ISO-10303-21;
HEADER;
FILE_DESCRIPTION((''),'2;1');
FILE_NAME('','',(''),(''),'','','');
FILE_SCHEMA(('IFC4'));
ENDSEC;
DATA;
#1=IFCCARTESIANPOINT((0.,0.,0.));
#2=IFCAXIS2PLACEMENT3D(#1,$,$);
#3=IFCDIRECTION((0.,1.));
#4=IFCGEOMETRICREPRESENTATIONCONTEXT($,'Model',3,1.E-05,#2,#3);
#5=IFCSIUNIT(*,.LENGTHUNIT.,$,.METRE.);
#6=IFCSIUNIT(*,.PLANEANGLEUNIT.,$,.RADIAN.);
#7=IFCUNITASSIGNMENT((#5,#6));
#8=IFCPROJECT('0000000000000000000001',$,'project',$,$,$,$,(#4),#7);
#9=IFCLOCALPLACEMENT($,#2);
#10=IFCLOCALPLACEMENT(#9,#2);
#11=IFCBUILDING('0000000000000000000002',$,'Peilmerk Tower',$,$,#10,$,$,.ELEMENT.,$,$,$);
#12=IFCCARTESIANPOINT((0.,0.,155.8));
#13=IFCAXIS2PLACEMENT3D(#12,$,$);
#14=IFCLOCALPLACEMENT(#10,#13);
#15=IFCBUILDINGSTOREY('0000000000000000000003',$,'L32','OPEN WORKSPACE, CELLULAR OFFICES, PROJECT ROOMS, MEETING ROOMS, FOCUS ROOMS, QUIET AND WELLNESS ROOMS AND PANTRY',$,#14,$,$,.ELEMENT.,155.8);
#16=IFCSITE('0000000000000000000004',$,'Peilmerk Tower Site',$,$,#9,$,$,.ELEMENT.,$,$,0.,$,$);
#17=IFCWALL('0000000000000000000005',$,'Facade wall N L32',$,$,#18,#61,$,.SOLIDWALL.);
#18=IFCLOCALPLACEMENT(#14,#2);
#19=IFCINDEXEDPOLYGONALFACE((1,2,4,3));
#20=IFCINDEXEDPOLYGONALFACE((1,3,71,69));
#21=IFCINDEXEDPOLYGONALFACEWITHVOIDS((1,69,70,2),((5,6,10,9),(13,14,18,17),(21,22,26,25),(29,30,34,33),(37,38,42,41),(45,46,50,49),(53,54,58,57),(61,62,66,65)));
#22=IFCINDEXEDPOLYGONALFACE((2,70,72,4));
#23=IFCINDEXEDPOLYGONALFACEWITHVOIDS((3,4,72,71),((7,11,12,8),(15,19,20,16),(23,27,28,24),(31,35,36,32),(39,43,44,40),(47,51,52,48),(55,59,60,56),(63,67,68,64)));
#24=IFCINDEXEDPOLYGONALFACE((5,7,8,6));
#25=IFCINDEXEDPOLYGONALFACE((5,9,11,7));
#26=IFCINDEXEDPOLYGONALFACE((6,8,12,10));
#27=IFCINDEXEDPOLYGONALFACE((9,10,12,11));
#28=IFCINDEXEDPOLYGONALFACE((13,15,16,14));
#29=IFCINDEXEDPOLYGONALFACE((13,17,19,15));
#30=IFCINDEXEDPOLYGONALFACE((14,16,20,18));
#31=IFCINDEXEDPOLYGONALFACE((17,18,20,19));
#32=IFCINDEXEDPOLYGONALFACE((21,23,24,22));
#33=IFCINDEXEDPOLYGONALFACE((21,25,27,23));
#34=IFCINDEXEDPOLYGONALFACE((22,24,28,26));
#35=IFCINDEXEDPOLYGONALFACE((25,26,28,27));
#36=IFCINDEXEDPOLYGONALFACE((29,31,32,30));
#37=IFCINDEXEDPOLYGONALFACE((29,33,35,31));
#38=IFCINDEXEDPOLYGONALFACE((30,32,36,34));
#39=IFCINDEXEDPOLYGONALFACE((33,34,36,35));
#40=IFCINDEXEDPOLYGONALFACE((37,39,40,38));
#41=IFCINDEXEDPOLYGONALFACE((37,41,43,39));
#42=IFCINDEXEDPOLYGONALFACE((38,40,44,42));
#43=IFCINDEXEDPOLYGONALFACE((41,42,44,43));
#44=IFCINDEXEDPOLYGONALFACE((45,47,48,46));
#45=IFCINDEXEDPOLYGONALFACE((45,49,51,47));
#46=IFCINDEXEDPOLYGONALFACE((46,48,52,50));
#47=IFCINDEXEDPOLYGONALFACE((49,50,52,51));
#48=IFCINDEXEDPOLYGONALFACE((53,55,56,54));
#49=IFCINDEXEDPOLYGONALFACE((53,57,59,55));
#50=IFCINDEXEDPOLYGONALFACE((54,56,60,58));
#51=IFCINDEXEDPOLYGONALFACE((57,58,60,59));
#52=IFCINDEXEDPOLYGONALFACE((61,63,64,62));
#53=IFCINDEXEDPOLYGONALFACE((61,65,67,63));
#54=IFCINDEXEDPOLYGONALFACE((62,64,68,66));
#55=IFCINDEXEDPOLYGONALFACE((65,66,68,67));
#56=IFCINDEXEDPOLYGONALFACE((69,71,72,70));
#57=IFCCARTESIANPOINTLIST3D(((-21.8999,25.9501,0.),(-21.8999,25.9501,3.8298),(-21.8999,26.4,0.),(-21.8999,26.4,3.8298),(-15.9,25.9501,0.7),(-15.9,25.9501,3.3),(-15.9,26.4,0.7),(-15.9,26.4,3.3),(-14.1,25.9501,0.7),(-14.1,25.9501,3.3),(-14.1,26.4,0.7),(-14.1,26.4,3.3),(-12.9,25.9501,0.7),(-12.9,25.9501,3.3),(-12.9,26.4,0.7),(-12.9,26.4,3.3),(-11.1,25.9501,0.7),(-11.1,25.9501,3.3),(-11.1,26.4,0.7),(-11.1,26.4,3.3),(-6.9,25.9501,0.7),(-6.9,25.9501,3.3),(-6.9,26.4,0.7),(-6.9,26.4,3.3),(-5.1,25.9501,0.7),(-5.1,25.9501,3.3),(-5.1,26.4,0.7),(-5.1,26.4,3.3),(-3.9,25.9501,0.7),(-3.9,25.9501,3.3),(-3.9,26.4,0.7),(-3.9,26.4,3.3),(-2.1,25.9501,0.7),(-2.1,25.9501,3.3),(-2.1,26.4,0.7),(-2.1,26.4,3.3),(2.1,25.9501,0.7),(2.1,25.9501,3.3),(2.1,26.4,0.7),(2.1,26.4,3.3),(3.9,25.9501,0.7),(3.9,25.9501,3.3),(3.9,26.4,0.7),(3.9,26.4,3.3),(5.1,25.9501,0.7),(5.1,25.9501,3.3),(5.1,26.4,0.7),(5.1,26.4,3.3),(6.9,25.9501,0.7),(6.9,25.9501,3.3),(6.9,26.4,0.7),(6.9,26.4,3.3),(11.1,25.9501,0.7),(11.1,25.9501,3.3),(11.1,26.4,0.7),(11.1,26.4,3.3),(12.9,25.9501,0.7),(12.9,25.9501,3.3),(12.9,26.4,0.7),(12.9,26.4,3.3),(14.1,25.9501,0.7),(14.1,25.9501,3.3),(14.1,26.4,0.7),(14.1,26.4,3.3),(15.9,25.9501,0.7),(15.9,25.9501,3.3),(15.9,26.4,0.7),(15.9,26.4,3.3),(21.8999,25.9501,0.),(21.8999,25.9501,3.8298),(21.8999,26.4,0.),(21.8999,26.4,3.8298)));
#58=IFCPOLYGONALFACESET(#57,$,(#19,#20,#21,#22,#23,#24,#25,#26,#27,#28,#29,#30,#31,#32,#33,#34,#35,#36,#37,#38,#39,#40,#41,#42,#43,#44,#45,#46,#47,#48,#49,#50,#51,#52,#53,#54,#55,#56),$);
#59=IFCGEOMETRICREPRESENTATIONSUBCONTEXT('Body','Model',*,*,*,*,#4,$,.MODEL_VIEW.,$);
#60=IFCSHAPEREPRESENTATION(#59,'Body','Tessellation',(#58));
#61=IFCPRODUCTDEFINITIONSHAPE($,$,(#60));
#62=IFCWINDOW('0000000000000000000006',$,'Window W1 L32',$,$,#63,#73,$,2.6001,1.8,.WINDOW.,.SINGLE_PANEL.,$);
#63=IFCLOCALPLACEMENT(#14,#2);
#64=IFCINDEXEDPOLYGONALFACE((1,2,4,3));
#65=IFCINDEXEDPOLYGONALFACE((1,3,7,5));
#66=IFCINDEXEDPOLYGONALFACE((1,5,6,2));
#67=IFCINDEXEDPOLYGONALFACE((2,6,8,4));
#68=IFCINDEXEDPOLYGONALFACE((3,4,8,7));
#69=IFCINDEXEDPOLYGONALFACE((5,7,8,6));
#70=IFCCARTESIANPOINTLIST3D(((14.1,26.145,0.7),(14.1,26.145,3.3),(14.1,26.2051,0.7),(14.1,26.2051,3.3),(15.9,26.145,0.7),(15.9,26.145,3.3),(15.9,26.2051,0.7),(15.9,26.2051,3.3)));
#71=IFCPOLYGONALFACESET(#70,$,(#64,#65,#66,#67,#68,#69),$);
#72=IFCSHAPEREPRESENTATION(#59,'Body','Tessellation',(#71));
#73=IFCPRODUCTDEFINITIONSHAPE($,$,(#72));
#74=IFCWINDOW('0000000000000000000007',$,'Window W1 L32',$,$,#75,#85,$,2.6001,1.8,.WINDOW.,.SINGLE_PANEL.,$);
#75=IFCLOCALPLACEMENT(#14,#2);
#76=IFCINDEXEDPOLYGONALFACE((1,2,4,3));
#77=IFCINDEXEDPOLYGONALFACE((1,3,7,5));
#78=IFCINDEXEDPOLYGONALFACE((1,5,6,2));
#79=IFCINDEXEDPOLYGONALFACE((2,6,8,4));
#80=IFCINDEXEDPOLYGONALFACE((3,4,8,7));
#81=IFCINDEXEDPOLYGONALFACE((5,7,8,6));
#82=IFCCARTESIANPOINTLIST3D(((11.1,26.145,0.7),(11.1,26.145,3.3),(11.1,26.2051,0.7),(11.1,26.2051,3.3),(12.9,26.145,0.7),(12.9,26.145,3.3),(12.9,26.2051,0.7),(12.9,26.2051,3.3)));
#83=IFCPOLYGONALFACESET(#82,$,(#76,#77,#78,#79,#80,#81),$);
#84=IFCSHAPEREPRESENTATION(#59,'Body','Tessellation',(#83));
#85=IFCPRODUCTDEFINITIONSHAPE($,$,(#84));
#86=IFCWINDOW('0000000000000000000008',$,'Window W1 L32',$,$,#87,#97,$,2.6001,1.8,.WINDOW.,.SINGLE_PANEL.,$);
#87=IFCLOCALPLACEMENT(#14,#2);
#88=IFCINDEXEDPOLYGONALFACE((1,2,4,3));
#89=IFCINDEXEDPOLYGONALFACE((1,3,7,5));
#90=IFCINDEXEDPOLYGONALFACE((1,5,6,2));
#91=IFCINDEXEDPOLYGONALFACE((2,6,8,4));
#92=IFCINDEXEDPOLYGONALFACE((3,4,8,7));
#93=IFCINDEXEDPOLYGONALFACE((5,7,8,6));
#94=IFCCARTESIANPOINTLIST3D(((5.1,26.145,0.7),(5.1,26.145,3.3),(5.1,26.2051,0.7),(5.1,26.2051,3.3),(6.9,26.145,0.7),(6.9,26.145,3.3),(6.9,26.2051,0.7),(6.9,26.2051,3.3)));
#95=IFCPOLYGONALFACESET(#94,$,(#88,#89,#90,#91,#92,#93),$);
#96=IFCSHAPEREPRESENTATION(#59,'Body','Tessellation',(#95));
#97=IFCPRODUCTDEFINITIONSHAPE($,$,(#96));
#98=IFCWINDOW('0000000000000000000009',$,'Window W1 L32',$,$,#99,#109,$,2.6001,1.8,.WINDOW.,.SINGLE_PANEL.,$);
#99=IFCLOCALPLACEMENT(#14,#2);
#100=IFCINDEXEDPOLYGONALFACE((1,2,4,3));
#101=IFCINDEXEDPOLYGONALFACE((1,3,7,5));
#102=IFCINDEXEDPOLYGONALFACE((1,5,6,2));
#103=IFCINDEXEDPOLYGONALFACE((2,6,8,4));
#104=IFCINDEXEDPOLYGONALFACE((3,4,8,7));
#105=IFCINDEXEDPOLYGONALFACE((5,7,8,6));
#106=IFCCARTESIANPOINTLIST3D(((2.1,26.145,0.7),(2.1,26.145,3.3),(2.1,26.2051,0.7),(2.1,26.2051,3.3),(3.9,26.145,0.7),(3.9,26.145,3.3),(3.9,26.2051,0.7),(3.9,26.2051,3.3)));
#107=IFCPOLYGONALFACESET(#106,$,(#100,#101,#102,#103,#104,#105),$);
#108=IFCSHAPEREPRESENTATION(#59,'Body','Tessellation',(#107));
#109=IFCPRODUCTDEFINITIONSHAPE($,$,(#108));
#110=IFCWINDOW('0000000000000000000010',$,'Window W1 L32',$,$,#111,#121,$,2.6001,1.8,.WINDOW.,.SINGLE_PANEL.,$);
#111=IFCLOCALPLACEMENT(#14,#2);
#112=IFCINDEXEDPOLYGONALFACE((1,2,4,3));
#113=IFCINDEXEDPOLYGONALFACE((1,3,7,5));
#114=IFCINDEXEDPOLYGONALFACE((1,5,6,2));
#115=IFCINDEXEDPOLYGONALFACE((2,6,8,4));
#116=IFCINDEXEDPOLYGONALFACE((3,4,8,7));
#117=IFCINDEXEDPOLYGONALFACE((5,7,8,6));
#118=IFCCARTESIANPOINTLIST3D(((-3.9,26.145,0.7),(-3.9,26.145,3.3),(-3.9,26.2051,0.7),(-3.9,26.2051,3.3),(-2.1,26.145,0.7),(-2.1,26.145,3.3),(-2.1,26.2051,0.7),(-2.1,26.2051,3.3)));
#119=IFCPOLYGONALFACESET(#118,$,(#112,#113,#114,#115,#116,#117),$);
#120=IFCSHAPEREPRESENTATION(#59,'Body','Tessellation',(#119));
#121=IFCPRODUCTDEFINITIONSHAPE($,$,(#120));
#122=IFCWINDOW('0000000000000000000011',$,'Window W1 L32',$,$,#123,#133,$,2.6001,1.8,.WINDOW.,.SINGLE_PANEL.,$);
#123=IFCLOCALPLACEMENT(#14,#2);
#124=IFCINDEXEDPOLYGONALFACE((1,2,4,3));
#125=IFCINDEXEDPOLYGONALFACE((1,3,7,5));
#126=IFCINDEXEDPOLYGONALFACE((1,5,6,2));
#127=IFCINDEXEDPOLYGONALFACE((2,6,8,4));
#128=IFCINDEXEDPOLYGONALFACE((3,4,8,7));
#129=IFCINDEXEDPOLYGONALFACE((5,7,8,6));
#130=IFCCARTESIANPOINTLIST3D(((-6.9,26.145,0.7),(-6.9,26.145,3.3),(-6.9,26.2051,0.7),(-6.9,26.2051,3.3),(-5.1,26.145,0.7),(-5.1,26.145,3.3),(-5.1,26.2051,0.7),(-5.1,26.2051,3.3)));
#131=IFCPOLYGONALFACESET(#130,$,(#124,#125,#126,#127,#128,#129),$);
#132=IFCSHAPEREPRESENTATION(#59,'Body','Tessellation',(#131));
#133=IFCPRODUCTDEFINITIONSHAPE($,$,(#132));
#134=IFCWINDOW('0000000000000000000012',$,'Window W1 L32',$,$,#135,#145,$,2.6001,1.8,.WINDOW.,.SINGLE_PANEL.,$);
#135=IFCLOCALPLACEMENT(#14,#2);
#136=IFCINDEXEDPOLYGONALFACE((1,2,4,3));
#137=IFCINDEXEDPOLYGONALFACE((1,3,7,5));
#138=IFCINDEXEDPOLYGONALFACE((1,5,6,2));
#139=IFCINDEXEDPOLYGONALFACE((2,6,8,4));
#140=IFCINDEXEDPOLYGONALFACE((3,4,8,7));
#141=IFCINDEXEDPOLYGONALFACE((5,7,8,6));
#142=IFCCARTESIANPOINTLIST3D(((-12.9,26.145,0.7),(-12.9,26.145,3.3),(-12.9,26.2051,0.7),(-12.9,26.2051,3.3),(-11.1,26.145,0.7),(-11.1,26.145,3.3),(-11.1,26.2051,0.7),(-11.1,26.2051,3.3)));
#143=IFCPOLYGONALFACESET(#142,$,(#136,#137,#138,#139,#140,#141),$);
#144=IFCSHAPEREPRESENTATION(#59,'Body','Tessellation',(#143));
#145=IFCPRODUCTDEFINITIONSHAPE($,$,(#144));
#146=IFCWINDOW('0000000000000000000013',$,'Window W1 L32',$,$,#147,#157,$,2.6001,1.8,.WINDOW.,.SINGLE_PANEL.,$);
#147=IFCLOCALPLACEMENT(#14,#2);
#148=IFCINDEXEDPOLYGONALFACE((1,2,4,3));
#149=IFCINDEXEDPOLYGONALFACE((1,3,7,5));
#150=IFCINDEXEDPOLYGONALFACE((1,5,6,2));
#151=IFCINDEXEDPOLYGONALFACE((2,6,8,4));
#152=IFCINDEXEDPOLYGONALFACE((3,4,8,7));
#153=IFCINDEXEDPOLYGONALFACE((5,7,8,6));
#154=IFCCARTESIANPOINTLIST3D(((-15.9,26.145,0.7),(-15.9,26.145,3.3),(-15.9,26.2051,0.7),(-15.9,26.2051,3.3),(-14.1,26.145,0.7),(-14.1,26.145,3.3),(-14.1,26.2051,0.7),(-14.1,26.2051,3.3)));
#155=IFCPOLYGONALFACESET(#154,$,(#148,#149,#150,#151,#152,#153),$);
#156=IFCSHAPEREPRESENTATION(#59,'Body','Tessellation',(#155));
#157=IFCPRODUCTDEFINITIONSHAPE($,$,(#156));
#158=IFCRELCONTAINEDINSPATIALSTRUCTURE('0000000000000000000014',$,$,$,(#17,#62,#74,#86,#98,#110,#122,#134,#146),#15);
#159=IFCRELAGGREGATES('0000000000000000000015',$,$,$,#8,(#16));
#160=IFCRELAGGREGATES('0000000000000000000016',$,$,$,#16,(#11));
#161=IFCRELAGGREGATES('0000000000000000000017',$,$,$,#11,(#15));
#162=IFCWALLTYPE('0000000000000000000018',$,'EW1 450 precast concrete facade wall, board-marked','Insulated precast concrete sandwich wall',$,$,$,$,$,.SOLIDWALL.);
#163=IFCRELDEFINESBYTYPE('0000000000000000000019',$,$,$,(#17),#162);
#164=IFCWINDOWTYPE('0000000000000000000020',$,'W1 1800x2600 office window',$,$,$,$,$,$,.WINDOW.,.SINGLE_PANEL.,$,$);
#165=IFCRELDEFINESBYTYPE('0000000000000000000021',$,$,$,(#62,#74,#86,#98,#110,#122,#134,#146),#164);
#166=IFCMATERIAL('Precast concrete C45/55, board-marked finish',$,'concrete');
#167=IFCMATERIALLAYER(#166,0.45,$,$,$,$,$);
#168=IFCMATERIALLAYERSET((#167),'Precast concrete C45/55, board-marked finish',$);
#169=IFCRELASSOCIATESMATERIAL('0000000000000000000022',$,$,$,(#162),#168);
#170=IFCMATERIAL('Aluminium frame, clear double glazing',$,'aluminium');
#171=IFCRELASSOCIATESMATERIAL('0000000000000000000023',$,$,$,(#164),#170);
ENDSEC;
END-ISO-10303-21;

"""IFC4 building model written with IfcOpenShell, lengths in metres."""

from ifc_helpers import new_model, si_unit, direction, frame, frame_2d, origin, place, context, subcontext, project, spatial, rectangle, extrude, material, layer, layer_set, type_object, element, fill, save


model = new_model("IFC4")

# Units and contexts
model_context = context("Model", 3, precision=1e-05, world=origin(), true_north=direction((0.0, 1.0)))
body_context = subcontext(model_context, "Body", "Model", "MODEL_VIEW")
ifc_project = project(units=[si_unit("LENGTHUNIT", "METRE"), si_unit("PLANEANGLEUNIT", "RADIAN")], contexts=[model_context])

# Site, building, storey
site_placement = place(None, origin())
site = spatial("IfcSite", under=ifc_project, at=site_placement, Name="Peilmerk Tower Site", CompositionType="ELEMENT", RefElevation=0.0)
building_placement = place(site_placement, origin())
building = spatial("IfcBuilding", under=site, at=building_placement, Name="Peilmerk Tower", CompositionType="ELEMENT")
storey_placement = place(building_placement, frame((0.0, 0.0, 155.8)))
storey = spatial("IfcBuildingStorey", under=building, at=storey_placement, Name="L32", Description="OPEN WORKSPACE, CELLULAR OFFICES, PROJECT ROOMS, MEETING ROOMS, FOCUS ROOMS, QUIET AND WELLNESS ROOMS AND PANTRY", CompositionType="ELEMENT", Elevation=155.8)

# Wall, openings, windows
ifc_material_1 = material(Name="Precast concrete C45/55, board-marked finish", Category="concrete")
ifc_layer_1 = layer(ifc_material_1, 0.45)
ifc_layer_set_1 = layer_set([ifc_layer_1], Name="Precast concrete C45/55, board-marked finish")
wall_type = type_object("IfcWallType", Name="EW1 450 precast concrete facade wall, board-marked", Description="Insulated precast concrete sandwich wall", PredefinedType="SOLIDWALL", material=ifc_layer_set_1)
wall_placement = place(storey_placement, frame((21.8999, 26.175, 0.0), z_axis=(0.0, 0.0, 1.0), x_axis=(-1.0, 0.0, 0.0)))
wall = element("IfcWall", 1, at=wall_placement, inside=storey, type_object=wall_type, Name="Facade wall N L32", PredefinedType="SOLIDWALL", context=body_context, shape_type="SweptSolid", body=[
    extrude(rectangle(XDim=43.7998, YDim=0.45, at=frame_2d((21.8999, 0.0))), origin(), (0.0, 0.0, 1.0), 3.8298),
])
opening_1_placement = place(wall_placement, frame((6.0, 0.0, 0.7)))
opening_1 = element("IfcOpeningElement", 2, at=opening_1_placement, cuts=wall, PredefinedType="OPENING", context=body_context, shape_type="SweptSolid", body=[
    extrude(rectangle(XDim=1.8, YDim=2.6001, at=frame_2d((0.8999, 1.3))), frame((0.0, 0.2349, 0.0), z_axis=(0.0, -1.0, 0.0), x_axis=(1.0, 0.0, 0.0)), (0.0, 0.0, 1.0), 0.47),
])
opening_2_placement = place(wall_placement, frame((9.0, 0.0, 0.7)))
opening_2 = element("IfcOpeningElement", 3, at=opening_2_placement, cuts=wall, PredefinedType="OPENING", context=body_context, shape_type="SweptSolid", body=[
    extrude(rectangle(XDim=1.8, YDim=2.6001, at=frame_2d((0.8999, 1.3))), frame((0.0, 0.2349, 0.0), z_axis=(0.0, -1.0, 0.0), x_axis=(1.0, 0.0, 0.0)), (0.0, 0.0, 1.0), 0.47),
])
opening_3_placement = place(wall_placement, frame((15.0, 0.0, 0.7)))
opening_3 = element("IfcOpeningElement", 4, at=opening_3_placement, cuts=wall, PredefinedType="OPENING", context=body_context, shape_type="SweptSolid", body=[
    extrude(rectangle(XDim=1.8, YDim=2.6001, at=frame_2d((0.8999, 1.3))), frame((0.0, 0.2349, 0.0), z_axis=(0.0, -1.0, 0.0), x_axis=(1.0, 0.0, 0.0)), (0.0, 0.0, 1.0), 0.47),
])
opening_4_placement = place(wall_placement, frame((18.0, 0.0, 0.7)))
opening_4 = element("IfcOpeningElement", 5, at=opening_4_placement, cuts=wall, PredefinedType="OPENING", context=body_context, shape_type="SweptSolid", body=[
    extrude(rectangle(XDim=1.8, YDim=2.6001, at=frame_2d((0.8999, 1.3))), frame((0.0, 0.2349, 0.0), z_axis=(0.0, -1.0, 0.0), x_axis=(1.0, 0.0, 0.0)), (0.0, 0.0, 1.0), 0.47),
])
opening_5_placement = place(wall_placement, frame((24.0, 0.0, 0.7)))
opening_5 = element("IfcOpeningElement", 6, at=opening_5_placement, cuts=wall, PredefinedType="OPENING", context=body_context, shape_type="SweptSolid", body=[
    extrude(rectangle(XDim=1.8, YDim=2.6001, at=frame_2d((0.8999, 1.3))), frame((0.0, 0.2349, 0.0), z_axis=(0.0, -1.0, 0.0), x_axis=(1.0, 0.0, 0.0)), (0.0, 0.0, 1.0), 0.47),
])
opening_6_placement = place(wall_placement, frame((27.0, 0.0, 0.7)))
opening_6 = element("IfcOpeningElement", 7, at=opening_6_placement, cuts=wall, PredefinedType="OPENING", context=body_context, shape_type="SweptSolid", body=[
    extrude(rectangle(XDim=1.8, YDim=2.6001, at=frame_2d((0.8999, 1.3))), frame((0.0, 0.2349, 0.0), z_axis=(0.0, -1.0, 0.0), x_axis=(1.0, 0.0, 0.0)), (0.0, 0.0, 1.0), 0.47),
])
opening_7_placement = place(wall_placement, frame((33.0, 0.0, 0.7)))
opening_7 = element("IfcOpeningElement", 8, at=opening_7_placement, cuts=wall, PredefinedType="OPENING", context=body_context, shape_type="SweptSolid", body=[
    extrude(rectangle(XDim=1.8, YDim=2.6001, at=frame_2d((0.8999, 1.3))), frame((0.0, 0.2349, 0.0), z_axis=(0.0, -1.0, 0.0), x_axis=(1.0, 0.0, 0.0)), (0.0, 0.0, 1.0), 0.47),
])
opening_8_placement = place(wall_placement, frame((36.0, 0.0, 0.7)))
opening_8 = element("IfcOpeningElement", 9, at=opening_8_placement, cuts=wall, PredefinedType="OPENING", context=body_context, shape_type="SweptSolid", body=[
    extrude(rectangle(XDim=1.8, YDim=2.6001, at=frame_2d((0.8999, 1.3))), frame((0.0, 0.2349, 0.0), z_axis=(0.0, -1.0, 0.0), x_axis=(1.0, 0.0, 0.0)), (0.0, 0.0, 1.0), 0.47),
])
ifc_material_2 = material(Name="Aluminium frame, clear double glazing", Category="aluminium")
window_type = type_object("IfcWindowType", Name="W1 1800x2600 office window", PartitioningType="SINGLE_PANEL", PredefinedType="WINDOW", material=ifc_material_2)
window_1_placement = place(opening_1_placement, origin())
window_1 = element("IfcWindow", 10, at=window_1_placement, inside=storey, type_object=window_type, Name="Window W1 L32", OverallHeight=2.6001, OverallWidth=1.8, PartitioningType="SINGLE_PANEL", PredefinedType="WINDOW", context=body_context, shape_type="SweptSolid", body=[
    extrude(rectangle(XDim=1.8, YDim=2.6001, at=frame_2d((0.8999, 1.3))), frame((0.0, 0.03, 0.0), z_axis=(0.0, -1.0, 0.0), x_axis=(1.0, 0.0, 0.0)), (0.0, 0.0, 1.0), 0.0601),
])
fill(opening_1, window_1)
window_2_placement = place(opening_2_placement, origin())
window_2 = element("IfcWindow", 11, at=window_2_placement, inside=storey, type_object=window_type, Name="Window W1 L32", OverallHeight=2.6001, OverallWidth=1.8, PartitioningType="SINGLE_PANEL", PredefinedType="WINDOW", context=body_context, shape_type="SweptSolid", body=[
    extrude(rectangle(XDim=1.8, YDim=2.6001, at=frame_2d((0.8999, 1.3))), frame((0.0, 0.03, 0.0), z_axis=(0.0, -1.0, 0.0), x_axis=(1.0, 0.0, 0.0)), (0.0, 0.0, 1.0), 0.0601),
])
fill(opening_2, window_2)
window_3_placement = place(opening_3_placement, origin())
window_3 = element("IfcWindow", 12, at=window_3_placement, inside=storey, type_object=window_type, Name="Window W1 L32", OverallHeight=2.6001, OverallWidth=1.8, PartitioningType="SINGLE_PANEL", PredefinedType="WINDOW", context=body_context, shape_type="SweptSolid", body=[
    extrude(rectangle(XDim=1.8, YDim=2.6001, at=frame_2d((0.8999, 1.3))), frame((0.0, 0.03, 0.0), z_axis=(0.0, -1.0, 0.0), x_axis=(1.0, 0.0, 0.0)), (0.0, 0.0, 1.0), 0.0601),
])
fill(opening_3, window_3)
window_4_placement = place(opening_4_placement, origin())
window_4 = element("IfcWindow", 13, at=window_4_placement, inside=storey, type_object=window_type, Name="Window W1 L32", OverallHeight=2.6001, OverallWidth=1.8, PartitioningType="SINGLE_PANEL", PredefinedType="WINDOW", context=body_context, shape_type="SweptSolid", body=[
    extrude(rectangle(XDim=1.8, YDim=2.6001, at=frame_2d((0.8999, 1.3))), frame((0.0, 0.03, 0.0), z_axis=(0.0, -1.0, 0.0), x_axis=(1.0, 0.0, 0.0)), (0.0, 0.0, 1.0), 0.0601),
])
fill(opening_4, window_4)
window_5_placement = place(opening_5_placement, origin())
window_5 = element("IfcWindow", 14, at=window_5_placement, inside=storey, type_object=window_type, Name="Window W1 L32", OverallHeight=2.6001, OverallWidth=1.8, PartitioningType="SINGLE_PANEL", PredefinedType="WINDOW", context=body_context, shape_type="SweptSolid", body=[
    extrude(rectangle(XDim=1.8, YDim=2.6001, at=frame_2d((0.8999, 1.3))), frame((0.0, 0.03, 0.0), z_axis=(0.0, -1.0, 0.0), x_axis=(1.0, 0.0, 0.0)), (0.0, 0.0, 1.0), 0.0601),
])
fill(opening_5, window_5)
window_6_placement = place(opening_6_placement, origin())
window_6 = element("IfcWindow", 15, at=window_6_placement, inside=storey, type_object=window_type, Name="Window W1 L32", OverallHeight=2.6001, OverallWidth=1.8, PartitioningType="SINGLE_PANEL", PredefinedType="WINDOW", context=body_context, shape_type="SweptSolid", body=[
    extrude(rectangle(XDim=1.8, YDim=2.6001, at=frame_2d((0.8999, 1.3))), frame((0.0, 0.03, 0.0), z_axis=(0.0, -1.0, 0.0), x_axis=(1.0, 0.0, 0.0)), (0.0, 0.0, 1.0), 0.0601),
])
fill(opening_6, window_6)
window_7_placement = place(opening_7_placement, origin())
window_7 = element("IfcWindow", 16, at=window_7_placement, inside=storey, type_object=window_type, Name="Window W1 L32", OverallHeight=2.6001, OverallWidth=1.8, PartitioningType="SINGLE_PANEL", PredefinedType="WINDOW", context=body_context, shape_type="SweptSolid", body=[
    extrude(rectangle(XDim=1.8, YDim=2.6001, at=frame_2d((0.8999, 1.3))), frame((0.0, 0.03, 0.0), z_axis=(0.0, -1.0, 0.0), x_axis=(1.0, 0.0, 0.0)), (0.0, 0.0, 1.0), 0.0601),
])
fill(opening_7, window_7)
window_8_placement = place(opening_8_placement, origin())
window_8 = element("IfcWindow", 17, at=window_8_placement, inside=storey, type_object=window_type, Name="Window W1 L32", OverallHeight=2.6001, OverallWidth=1.8, PartitioningType="SINGLE_PANEL", PredefinedType="WINDOW", context=body_context, shape_type="SweptSolid", body=[
    extrude(rectangle(XDim=1.8, YDim=2.6001, at=frame_2d((0.8999, 1.3))), frame((0.0, 0.03, 0.0), z_axis=(0.0, -1.0, 0.0), x_axis=(1.0, 0.0, 0.0)), (0.0, 0.0, 1.0), 0.0601),
])
fill(opening_8, window_8)

save(model, "model.ifc")
